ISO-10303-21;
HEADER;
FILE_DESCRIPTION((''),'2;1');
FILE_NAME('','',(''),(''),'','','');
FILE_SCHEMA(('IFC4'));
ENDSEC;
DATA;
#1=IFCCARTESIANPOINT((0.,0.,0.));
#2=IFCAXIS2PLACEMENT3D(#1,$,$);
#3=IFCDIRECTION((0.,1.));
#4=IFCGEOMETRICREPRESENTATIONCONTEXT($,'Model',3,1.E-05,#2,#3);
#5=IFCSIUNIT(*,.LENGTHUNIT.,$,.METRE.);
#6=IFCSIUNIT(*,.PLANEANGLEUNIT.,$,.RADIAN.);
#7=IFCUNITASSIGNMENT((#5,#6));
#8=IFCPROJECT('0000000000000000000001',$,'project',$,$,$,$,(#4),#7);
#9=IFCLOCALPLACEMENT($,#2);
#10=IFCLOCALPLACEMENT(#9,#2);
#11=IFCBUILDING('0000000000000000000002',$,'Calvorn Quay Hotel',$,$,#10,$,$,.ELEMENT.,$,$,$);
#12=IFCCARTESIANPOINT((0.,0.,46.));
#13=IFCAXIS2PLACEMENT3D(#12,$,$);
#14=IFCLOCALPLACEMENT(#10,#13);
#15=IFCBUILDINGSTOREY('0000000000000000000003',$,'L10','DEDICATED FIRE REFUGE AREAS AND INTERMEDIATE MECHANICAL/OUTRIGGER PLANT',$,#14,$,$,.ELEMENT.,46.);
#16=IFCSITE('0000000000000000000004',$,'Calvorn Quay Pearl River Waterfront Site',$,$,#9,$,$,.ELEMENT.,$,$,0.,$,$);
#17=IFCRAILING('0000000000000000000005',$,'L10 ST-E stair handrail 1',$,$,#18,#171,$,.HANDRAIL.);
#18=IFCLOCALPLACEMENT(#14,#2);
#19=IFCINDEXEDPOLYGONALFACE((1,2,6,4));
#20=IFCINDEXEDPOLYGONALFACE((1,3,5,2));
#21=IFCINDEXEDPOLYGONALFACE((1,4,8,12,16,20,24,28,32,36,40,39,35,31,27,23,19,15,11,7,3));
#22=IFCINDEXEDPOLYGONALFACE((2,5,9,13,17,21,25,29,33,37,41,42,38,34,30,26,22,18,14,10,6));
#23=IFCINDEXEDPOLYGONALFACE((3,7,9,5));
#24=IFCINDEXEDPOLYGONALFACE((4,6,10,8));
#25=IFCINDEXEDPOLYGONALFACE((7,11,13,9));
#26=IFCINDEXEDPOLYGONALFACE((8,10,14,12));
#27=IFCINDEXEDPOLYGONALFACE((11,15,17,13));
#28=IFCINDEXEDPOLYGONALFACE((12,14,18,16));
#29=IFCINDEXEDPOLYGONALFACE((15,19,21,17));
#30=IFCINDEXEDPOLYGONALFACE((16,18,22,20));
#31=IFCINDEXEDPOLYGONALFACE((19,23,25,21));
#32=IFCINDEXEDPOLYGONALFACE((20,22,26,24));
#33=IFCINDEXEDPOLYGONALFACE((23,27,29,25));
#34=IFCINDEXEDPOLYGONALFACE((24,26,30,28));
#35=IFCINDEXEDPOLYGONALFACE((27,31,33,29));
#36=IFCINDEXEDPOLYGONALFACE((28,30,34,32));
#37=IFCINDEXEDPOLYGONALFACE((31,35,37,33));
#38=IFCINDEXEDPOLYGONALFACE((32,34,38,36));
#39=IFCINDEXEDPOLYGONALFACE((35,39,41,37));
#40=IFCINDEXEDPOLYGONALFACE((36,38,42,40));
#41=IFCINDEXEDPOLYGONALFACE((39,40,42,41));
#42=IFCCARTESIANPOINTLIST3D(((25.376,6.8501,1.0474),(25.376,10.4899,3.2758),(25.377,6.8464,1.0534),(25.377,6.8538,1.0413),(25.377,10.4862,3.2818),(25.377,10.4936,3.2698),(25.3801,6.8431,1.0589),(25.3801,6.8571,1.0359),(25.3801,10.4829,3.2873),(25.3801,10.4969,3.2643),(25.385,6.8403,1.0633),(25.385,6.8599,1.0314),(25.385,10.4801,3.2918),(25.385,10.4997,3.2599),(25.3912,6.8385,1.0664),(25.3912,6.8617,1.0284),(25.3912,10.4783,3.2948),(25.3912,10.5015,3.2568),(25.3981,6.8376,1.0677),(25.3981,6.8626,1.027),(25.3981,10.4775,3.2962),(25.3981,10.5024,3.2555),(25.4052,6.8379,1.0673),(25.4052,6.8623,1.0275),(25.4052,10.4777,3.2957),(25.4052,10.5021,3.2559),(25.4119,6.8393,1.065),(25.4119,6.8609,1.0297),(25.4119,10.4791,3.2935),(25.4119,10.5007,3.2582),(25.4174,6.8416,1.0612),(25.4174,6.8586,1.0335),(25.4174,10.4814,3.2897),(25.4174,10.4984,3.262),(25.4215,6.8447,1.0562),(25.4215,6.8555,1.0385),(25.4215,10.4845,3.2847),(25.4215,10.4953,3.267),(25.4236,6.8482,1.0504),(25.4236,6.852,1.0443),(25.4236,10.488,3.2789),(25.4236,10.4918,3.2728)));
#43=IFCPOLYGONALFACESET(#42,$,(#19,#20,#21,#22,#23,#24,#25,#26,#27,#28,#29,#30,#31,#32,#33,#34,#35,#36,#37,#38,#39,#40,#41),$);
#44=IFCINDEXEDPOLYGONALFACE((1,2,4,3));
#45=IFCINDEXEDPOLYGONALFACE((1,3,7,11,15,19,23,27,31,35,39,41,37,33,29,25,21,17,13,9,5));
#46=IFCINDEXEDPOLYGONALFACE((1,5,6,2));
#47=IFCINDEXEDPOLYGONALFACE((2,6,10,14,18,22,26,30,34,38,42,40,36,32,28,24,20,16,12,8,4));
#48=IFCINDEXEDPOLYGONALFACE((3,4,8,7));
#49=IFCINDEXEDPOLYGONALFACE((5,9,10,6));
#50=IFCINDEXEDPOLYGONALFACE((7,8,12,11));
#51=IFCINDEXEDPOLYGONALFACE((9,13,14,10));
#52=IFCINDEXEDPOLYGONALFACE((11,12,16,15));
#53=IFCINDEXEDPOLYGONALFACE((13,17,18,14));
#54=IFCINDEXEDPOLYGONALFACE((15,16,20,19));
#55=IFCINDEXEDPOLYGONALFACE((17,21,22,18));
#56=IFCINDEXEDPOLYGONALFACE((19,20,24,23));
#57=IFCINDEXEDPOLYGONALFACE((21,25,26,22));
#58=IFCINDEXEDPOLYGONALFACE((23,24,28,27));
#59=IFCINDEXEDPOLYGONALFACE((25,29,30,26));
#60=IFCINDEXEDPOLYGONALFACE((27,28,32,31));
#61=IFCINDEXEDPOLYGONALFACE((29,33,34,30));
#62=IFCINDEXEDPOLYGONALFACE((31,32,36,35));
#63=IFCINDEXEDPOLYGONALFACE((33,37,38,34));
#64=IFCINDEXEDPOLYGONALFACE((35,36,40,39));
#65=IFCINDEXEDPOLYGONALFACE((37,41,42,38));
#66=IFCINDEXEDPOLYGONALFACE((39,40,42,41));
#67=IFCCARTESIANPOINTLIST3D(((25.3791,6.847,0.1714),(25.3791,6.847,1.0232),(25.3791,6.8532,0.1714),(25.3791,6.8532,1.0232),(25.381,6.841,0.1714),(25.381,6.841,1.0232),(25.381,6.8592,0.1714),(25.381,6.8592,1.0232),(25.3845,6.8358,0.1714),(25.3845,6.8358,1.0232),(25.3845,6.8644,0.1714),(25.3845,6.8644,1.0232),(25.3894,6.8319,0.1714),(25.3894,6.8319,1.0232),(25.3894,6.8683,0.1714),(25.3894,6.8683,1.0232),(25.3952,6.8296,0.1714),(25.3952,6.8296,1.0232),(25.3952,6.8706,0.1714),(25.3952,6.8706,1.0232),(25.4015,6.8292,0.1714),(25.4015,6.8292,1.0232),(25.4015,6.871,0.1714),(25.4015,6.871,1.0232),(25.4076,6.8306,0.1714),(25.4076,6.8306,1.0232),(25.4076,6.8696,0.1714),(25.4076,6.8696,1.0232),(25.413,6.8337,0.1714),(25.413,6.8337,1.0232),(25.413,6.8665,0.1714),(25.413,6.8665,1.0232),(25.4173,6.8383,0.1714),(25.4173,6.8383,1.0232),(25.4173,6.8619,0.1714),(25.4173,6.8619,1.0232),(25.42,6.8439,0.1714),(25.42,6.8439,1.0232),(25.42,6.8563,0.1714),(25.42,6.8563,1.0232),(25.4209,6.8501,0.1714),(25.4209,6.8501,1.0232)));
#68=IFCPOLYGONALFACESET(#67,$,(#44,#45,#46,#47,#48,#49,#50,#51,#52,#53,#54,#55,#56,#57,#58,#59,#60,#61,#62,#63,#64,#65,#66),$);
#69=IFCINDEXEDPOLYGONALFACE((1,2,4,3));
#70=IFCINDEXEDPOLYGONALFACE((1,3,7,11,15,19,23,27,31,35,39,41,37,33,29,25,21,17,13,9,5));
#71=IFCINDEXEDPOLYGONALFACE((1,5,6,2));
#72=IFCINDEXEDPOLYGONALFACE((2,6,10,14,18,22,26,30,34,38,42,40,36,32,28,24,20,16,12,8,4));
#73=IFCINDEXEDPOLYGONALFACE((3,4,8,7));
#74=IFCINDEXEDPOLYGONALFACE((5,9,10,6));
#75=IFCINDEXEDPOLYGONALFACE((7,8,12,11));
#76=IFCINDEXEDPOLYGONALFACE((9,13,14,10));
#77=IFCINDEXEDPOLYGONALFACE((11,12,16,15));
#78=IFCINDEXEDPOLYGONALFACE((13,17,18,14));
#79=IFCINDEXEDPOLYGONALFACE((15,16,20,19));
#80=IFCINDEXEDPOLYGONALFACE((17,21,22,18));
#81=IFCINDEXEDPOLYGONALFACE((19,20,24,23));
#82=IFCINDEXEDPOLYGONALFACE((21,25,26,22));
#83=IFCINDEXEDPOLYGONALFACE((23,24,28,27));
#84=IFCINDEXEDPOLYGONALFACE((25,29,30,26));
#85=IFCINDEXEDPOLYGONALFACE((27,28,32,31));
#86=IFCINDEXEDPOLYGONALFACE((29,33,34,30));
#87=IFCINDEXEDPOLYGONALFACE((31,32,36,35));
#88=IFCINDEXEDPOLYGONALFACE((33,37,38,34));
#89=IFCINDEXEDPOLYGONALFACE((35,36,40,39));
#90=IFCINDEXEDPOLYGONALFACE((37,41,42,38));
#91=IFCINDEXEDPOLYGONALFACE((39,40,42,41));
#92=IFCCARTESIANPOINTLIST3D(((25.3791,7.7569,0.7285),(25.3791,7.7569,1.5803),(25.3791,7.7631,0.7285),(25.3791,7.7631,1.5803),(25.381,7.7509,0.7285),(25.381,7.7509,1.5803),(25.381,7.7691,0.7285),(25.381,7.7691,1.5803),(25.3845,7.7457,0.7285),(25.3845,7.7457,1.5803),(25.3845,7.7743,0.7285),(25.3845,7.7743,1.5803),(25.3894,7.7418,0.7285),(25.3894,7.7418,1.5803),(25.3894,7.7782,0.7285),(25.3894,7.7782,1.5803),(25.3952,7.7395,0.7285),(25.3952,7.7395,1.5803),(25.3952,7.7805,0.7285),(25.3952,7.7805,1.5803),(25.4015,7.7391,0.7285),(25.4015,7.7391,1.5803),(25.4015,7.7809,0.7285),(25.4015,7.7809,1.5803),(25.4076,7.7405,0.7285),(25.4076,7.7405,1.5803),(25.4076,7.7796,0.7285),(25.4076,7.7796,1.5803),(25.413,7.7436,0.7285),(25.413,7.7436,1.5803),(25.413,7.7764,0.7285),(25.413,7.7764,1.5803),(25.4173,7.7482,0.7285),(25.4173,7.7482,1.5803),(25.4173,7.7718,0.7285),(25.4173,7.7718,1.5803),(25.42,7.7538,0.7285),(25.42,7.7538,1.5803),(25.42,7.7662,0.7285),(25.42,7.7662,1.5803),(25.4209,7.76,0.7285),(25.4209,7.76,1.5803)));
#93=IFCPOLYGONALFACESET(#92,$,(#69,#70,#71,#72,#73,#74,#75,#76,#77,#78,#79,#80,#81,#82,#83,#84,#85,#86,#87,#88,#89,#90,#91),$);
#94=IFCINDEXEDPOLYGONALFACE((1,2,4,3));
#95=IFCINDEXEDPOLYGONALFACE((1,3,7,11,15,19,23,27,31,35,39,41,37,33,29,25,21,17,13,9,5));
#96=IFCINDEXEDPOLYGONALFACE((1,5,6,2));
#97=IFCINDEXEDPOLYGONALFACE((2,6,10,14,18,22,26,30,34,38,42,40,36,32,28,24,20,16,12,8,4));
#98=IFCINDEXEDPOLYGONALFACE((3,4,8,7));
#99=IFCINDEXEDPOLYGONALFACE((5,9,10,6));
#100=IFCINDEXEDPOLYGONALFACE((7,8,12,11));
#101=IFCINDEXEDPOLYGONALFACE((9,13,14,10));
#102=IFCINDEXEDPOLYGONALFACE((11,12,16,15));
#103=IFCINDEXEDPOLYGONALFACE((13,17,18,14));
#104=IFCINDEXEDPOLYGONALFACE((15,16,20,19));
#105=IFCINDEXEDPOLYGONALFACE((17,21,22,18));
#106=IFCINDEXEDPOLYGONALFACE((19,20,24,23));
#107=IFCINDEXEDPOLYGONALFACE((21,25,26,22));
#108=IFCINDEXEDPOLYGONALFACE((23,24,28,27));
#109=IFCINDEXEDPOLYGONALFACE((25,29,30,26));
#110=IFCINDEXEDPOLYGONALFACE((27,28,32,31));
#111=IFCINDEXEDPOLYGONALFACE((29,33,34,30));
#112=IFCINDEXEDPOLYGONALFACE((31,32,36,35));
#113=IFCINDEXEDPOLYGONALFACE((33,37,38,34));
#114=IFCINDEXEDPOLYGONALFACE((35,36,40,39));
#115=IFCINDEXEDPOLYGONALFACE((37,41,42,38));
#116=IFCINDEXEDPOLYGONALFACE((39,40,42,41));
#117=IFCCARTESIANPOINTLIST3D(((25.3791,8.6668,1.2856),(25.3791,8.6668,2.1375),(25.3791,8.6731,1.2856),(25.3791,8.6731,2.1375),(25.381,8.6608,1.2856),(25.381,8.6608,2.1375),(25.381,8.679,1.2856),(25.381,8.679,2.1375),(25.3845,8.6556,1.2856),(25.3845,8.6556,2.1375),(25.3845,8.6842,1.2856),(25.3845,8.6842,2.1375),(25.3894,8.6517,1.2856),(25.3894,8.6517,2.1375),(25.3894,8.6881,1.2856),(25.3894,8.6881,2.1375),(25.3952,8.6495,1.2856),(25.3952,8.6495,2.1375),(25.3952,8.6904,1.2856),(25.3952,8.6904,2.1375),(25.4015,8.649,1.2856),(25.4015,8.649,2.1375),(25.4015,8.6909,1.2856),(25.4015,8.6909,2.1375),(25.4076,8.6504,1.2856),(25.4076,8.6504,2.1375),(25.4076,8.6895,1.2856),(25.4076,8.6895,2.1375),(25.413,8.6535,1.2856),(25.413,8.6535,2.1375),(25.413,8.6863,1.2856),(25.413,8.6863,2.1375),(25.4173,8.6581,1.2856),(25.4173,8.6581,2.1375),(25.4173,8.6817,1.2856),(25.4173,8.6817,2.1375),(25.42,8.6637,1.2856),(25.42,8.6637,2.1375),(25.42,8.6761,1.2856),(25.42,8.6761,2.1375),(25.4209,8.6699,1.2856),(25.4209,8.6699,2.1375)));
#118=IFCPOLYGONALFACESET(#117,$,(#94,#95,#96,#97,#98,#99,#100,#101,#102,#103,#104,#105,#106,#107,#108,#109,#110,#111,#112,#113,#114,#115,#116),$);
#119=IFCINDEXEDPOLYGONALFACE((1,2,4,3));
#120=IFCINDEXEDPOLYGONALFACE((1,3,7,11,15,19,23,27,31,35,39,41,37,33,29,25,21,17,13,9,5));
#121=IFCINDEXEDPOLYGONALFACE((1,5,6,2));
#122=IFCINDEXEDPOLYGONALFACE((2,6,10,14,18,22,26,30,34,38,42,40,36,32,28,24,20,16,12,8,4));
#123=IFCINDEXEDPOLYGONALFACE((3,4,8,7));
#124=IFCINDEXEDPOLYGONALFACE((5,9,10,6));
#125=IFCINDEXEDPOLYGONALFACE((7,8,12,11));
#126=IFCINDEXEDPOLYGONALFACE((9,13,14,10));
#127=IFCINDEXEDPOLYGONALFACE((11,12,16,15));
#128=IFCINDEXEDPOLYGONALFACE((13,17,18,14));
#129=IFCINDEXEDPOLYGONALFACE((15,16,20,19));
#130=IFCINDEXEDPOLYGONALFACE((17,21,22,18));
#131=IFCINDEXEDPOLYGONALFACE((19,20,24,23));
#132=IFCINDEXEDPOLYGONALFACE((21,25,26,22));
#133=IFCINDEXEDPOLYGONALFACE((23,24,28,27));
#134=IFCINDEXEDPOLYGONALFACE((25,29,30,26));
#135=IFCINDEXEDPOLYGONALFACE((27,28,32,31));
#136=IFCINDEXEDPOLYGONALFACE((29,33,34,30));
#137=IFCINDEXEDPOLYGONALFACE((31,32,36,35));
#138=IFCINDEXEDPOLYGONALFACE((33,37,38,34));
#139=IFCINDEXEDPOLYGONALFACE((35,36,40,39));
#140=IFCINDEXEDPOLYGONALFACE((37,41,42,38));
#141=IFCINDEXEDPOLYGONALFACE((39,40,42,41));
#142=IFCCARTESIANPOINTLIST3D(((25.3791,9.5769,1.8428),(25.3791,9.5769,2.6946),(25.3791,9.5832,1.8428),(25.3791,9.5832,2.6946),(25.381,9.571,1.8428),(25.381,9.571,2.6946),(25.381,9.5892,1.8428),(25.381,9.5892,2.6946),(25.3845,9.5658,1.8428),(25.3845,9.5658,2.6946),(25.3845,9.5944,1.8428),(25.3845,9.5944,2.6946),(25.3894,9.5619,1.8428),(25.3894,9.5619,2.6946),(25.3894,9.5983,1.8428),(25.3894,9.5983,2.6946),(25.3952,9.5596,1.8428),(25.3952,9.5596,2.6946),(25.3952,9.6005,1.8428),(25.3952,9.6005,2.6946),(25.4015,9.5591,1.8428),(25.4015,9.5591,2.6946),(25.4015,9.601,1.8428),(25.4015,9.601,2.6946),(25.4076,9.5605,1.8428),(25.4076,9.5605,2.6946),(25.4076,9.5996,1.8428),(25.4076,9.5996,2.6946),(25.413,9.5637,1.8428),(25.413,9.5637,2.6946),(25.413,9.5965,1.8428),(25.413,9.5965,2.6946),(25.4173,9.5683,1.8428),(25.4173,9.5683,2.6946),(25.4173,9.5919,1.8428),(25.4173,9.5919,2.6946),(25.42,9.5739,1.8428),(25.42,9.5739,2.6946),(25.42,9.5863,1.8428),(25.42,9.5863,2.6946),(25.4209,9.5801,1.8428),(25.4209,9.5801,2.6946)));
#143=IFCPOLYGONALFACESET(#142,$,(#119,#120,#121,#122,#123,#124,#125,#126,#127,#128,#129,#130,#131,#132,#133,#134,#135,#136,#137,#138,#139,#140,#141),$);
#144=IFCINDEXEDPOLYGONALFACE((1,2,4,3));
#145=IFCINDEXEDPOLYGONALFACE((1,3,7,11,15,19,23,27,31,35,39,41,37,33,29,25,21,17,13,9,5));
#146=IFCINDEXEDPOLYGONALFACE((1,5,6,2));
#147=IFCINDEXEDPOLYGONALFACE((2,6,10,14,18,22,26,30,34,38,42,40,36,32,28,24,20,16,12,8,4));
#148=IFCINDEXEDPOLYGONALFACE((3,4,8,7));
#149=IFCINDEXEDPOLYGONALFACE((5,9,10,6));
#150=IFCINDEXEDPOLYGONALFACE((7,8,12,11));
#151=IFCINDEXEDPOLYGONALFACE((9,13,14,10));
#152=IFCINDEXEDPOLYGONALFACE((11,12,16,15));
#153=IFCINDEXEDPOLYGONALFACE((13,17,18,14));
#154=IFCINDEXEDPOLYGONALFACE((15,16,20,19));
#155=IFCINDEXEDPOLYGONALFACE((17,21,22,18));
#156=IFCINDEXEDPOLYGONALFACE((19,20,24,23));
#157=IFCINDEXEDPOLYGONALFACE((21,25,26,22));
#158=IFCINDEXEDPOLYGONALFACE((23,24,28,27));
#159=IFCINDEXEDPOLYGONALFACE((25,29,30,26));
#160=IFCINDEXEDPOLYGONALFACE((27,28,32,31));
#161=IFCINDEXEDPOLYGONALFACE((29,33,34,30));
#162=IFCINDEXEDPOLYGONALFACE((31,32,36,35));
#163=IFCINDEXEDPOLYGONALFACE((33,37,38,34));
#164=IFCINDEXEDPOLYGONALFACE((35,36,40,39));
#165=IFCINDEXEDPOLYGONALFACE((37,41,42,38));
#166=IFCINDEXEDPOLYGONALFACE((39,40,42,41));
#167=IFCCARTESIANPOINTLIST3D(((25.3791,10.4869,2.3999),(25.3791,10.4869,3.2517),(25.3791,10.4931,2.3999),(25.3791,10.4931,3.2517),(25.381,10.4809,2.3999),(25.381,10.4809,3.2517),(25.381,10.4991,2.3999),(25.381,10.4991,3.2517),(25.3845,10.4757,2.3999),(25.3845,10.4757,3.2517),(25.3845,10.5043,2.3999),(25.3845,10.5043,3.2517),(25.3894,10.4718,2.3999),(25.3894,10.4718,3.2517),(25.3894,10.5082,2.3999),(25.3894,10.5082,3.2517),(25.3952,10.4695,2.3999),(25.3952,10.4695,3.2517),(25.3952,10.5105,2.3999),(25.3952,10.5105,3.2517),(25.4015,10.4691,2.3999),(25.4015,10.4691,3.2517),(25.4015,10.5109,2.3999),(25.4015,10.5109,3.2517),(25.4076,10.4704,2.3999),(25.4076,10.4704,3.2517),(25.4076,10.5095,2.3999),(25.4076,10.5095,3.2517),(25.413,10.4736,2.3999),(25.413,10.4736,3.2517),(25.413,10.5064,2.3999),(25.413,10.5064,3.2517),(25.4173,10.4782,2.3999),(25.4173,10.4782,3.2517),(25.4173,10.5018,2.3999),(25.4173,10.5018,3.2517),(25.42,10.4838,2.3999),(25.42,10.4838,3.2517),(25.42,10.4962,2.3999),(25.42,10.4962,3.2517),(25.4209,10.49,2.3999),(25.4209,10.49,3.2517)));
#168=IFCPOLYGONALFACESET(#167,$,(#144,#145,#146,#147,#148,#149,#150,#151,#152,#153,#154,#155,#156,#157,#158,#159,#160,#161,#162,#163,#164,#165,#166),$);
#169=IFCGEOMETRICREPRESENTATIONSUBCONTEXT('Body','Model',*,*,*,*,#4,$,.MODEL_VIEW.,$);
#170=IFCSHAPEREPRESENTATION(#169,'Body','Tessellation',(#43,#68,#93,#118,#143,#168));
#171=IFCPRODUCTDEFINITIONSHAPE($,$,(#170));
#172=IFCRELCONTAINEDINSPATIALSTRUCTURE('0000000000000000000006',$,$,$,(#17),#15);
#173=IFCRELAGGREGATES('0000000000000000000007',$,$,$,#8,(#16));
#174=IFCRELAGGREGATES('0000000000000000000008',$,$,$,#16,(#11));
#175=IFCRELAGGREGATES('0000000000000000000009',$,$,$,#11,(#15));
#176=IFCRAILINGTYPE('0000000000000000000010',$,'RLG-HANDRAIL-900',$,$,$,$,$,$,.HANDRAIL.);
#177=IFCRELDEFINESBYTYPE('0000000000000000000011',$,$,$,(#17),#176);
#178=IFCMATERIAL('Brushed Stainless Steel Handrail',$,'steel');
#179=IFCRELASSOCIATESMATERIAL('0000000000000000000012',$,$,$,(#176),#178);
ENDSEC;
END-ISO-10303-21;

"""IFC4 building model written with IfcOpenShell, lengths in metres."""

from ifc_helpers import new_model, si_unit, direction, frame, origin, origin_2d, place, context, subcontext, project, spatial, circle, extrude, material, type_object, element, save


model = new_model("IFC4")

# Units and contexts
model_context = context("Model", 3, precision=1e-05, world=origin(), true_north=direction((0.0, 1.0)))
body_context = subcontext(model_context, "Body", "Model", "MODEL_VIEW")
ifc_project = project(units=[si_unit("LENGTHUNIT", "METRE"), si_unit("PLANEANGLEUNIT", "RADIAN")], contexts=[model_context])

# Site, building, storey
site_placement = place(None, origin())
site = spatial("IfcSite", under=ifc_project, at=site_placement, Name="Calvorn Quay Pearl River Waterfront Site", CompositionType="ELEMENT", RefElevation=0.0)
building_placement = place(site_placement, origin())
building = spatial("IfcBuilding", under=site, at=building_placement, Name="Calvorn Quay Hotel", CompositionType="ELEMENT")
storey_placement = place(building_placement, frame((0.0, 0.0, 46.0)))
storey = spatial("IfcBuildingStorey", under=building, at=storey_placement, Name="L10", Description="DEDICATED FIRE REFUGE AREAS AND INTERMEDIATE MECHANICAL/OUTRIGGER PLANT", CompositionType="ELEMENT", Elevation=46.0)

# Railing
ifc_material_1 = material(Name="Brushed Stainless Steel Handrail", Category="steel")
railing_type_1 = type_object("IfcRailingType", Name="RLG-HANDRAIL-900", PredefinedType="HANDRAIL", material=ifc_material_1)
railing_1_placement = place(storey_placement, frame((25.3999, 6.8501, 0.1714)))
element("IfcRailing", 1, at=railing_1_placement, inside=storey, type_object=railing_type_1, Name="L10 ST-E stair handrail 1", PredefinedType="HANDRAIL", context=body_context, shape_type="SweptSolid", body=[
    extrude(circle(Radius=0.0239, at=origin_2d()), frame((0.0, 0.0, 0.876), z_axis=(0.0, 0.85285, 0.522156), x_axis=(-1.0, 0.0, 0.0)), (0.0, 0.0, 1.0), 4.2678),
    extrude(circle(Radius=0.021, at=origin_2d()), origin(), (0.0, 0.0, 1.0), 0.8518),
    extrude(circle(Radius=0.021, at=origin_2d()), frame((0.0, 0.9099, 0.5571)), (0.0, 0.0, 1.0), 0.8518),
    extrude(circle(Radius=0.021, at=origin_2d()), frame((0.0, 1.8198, 1.1143)), (0.0, 0.0, 1.0), 0.8518),
    extrude(circle(Radius=0.021, at=origin_2d()), frame((0.0, 2.73, 1.6714)), (0.0, 0.0, 1.0), 0.8518),
    extrude(circle(Radius=0.021, at=origin_2d()), frame((0.0, 3.6399, 2.2285)), (0.0, 0.0, 1.0), 0.8518),
])

save(model, "model.ifc")
